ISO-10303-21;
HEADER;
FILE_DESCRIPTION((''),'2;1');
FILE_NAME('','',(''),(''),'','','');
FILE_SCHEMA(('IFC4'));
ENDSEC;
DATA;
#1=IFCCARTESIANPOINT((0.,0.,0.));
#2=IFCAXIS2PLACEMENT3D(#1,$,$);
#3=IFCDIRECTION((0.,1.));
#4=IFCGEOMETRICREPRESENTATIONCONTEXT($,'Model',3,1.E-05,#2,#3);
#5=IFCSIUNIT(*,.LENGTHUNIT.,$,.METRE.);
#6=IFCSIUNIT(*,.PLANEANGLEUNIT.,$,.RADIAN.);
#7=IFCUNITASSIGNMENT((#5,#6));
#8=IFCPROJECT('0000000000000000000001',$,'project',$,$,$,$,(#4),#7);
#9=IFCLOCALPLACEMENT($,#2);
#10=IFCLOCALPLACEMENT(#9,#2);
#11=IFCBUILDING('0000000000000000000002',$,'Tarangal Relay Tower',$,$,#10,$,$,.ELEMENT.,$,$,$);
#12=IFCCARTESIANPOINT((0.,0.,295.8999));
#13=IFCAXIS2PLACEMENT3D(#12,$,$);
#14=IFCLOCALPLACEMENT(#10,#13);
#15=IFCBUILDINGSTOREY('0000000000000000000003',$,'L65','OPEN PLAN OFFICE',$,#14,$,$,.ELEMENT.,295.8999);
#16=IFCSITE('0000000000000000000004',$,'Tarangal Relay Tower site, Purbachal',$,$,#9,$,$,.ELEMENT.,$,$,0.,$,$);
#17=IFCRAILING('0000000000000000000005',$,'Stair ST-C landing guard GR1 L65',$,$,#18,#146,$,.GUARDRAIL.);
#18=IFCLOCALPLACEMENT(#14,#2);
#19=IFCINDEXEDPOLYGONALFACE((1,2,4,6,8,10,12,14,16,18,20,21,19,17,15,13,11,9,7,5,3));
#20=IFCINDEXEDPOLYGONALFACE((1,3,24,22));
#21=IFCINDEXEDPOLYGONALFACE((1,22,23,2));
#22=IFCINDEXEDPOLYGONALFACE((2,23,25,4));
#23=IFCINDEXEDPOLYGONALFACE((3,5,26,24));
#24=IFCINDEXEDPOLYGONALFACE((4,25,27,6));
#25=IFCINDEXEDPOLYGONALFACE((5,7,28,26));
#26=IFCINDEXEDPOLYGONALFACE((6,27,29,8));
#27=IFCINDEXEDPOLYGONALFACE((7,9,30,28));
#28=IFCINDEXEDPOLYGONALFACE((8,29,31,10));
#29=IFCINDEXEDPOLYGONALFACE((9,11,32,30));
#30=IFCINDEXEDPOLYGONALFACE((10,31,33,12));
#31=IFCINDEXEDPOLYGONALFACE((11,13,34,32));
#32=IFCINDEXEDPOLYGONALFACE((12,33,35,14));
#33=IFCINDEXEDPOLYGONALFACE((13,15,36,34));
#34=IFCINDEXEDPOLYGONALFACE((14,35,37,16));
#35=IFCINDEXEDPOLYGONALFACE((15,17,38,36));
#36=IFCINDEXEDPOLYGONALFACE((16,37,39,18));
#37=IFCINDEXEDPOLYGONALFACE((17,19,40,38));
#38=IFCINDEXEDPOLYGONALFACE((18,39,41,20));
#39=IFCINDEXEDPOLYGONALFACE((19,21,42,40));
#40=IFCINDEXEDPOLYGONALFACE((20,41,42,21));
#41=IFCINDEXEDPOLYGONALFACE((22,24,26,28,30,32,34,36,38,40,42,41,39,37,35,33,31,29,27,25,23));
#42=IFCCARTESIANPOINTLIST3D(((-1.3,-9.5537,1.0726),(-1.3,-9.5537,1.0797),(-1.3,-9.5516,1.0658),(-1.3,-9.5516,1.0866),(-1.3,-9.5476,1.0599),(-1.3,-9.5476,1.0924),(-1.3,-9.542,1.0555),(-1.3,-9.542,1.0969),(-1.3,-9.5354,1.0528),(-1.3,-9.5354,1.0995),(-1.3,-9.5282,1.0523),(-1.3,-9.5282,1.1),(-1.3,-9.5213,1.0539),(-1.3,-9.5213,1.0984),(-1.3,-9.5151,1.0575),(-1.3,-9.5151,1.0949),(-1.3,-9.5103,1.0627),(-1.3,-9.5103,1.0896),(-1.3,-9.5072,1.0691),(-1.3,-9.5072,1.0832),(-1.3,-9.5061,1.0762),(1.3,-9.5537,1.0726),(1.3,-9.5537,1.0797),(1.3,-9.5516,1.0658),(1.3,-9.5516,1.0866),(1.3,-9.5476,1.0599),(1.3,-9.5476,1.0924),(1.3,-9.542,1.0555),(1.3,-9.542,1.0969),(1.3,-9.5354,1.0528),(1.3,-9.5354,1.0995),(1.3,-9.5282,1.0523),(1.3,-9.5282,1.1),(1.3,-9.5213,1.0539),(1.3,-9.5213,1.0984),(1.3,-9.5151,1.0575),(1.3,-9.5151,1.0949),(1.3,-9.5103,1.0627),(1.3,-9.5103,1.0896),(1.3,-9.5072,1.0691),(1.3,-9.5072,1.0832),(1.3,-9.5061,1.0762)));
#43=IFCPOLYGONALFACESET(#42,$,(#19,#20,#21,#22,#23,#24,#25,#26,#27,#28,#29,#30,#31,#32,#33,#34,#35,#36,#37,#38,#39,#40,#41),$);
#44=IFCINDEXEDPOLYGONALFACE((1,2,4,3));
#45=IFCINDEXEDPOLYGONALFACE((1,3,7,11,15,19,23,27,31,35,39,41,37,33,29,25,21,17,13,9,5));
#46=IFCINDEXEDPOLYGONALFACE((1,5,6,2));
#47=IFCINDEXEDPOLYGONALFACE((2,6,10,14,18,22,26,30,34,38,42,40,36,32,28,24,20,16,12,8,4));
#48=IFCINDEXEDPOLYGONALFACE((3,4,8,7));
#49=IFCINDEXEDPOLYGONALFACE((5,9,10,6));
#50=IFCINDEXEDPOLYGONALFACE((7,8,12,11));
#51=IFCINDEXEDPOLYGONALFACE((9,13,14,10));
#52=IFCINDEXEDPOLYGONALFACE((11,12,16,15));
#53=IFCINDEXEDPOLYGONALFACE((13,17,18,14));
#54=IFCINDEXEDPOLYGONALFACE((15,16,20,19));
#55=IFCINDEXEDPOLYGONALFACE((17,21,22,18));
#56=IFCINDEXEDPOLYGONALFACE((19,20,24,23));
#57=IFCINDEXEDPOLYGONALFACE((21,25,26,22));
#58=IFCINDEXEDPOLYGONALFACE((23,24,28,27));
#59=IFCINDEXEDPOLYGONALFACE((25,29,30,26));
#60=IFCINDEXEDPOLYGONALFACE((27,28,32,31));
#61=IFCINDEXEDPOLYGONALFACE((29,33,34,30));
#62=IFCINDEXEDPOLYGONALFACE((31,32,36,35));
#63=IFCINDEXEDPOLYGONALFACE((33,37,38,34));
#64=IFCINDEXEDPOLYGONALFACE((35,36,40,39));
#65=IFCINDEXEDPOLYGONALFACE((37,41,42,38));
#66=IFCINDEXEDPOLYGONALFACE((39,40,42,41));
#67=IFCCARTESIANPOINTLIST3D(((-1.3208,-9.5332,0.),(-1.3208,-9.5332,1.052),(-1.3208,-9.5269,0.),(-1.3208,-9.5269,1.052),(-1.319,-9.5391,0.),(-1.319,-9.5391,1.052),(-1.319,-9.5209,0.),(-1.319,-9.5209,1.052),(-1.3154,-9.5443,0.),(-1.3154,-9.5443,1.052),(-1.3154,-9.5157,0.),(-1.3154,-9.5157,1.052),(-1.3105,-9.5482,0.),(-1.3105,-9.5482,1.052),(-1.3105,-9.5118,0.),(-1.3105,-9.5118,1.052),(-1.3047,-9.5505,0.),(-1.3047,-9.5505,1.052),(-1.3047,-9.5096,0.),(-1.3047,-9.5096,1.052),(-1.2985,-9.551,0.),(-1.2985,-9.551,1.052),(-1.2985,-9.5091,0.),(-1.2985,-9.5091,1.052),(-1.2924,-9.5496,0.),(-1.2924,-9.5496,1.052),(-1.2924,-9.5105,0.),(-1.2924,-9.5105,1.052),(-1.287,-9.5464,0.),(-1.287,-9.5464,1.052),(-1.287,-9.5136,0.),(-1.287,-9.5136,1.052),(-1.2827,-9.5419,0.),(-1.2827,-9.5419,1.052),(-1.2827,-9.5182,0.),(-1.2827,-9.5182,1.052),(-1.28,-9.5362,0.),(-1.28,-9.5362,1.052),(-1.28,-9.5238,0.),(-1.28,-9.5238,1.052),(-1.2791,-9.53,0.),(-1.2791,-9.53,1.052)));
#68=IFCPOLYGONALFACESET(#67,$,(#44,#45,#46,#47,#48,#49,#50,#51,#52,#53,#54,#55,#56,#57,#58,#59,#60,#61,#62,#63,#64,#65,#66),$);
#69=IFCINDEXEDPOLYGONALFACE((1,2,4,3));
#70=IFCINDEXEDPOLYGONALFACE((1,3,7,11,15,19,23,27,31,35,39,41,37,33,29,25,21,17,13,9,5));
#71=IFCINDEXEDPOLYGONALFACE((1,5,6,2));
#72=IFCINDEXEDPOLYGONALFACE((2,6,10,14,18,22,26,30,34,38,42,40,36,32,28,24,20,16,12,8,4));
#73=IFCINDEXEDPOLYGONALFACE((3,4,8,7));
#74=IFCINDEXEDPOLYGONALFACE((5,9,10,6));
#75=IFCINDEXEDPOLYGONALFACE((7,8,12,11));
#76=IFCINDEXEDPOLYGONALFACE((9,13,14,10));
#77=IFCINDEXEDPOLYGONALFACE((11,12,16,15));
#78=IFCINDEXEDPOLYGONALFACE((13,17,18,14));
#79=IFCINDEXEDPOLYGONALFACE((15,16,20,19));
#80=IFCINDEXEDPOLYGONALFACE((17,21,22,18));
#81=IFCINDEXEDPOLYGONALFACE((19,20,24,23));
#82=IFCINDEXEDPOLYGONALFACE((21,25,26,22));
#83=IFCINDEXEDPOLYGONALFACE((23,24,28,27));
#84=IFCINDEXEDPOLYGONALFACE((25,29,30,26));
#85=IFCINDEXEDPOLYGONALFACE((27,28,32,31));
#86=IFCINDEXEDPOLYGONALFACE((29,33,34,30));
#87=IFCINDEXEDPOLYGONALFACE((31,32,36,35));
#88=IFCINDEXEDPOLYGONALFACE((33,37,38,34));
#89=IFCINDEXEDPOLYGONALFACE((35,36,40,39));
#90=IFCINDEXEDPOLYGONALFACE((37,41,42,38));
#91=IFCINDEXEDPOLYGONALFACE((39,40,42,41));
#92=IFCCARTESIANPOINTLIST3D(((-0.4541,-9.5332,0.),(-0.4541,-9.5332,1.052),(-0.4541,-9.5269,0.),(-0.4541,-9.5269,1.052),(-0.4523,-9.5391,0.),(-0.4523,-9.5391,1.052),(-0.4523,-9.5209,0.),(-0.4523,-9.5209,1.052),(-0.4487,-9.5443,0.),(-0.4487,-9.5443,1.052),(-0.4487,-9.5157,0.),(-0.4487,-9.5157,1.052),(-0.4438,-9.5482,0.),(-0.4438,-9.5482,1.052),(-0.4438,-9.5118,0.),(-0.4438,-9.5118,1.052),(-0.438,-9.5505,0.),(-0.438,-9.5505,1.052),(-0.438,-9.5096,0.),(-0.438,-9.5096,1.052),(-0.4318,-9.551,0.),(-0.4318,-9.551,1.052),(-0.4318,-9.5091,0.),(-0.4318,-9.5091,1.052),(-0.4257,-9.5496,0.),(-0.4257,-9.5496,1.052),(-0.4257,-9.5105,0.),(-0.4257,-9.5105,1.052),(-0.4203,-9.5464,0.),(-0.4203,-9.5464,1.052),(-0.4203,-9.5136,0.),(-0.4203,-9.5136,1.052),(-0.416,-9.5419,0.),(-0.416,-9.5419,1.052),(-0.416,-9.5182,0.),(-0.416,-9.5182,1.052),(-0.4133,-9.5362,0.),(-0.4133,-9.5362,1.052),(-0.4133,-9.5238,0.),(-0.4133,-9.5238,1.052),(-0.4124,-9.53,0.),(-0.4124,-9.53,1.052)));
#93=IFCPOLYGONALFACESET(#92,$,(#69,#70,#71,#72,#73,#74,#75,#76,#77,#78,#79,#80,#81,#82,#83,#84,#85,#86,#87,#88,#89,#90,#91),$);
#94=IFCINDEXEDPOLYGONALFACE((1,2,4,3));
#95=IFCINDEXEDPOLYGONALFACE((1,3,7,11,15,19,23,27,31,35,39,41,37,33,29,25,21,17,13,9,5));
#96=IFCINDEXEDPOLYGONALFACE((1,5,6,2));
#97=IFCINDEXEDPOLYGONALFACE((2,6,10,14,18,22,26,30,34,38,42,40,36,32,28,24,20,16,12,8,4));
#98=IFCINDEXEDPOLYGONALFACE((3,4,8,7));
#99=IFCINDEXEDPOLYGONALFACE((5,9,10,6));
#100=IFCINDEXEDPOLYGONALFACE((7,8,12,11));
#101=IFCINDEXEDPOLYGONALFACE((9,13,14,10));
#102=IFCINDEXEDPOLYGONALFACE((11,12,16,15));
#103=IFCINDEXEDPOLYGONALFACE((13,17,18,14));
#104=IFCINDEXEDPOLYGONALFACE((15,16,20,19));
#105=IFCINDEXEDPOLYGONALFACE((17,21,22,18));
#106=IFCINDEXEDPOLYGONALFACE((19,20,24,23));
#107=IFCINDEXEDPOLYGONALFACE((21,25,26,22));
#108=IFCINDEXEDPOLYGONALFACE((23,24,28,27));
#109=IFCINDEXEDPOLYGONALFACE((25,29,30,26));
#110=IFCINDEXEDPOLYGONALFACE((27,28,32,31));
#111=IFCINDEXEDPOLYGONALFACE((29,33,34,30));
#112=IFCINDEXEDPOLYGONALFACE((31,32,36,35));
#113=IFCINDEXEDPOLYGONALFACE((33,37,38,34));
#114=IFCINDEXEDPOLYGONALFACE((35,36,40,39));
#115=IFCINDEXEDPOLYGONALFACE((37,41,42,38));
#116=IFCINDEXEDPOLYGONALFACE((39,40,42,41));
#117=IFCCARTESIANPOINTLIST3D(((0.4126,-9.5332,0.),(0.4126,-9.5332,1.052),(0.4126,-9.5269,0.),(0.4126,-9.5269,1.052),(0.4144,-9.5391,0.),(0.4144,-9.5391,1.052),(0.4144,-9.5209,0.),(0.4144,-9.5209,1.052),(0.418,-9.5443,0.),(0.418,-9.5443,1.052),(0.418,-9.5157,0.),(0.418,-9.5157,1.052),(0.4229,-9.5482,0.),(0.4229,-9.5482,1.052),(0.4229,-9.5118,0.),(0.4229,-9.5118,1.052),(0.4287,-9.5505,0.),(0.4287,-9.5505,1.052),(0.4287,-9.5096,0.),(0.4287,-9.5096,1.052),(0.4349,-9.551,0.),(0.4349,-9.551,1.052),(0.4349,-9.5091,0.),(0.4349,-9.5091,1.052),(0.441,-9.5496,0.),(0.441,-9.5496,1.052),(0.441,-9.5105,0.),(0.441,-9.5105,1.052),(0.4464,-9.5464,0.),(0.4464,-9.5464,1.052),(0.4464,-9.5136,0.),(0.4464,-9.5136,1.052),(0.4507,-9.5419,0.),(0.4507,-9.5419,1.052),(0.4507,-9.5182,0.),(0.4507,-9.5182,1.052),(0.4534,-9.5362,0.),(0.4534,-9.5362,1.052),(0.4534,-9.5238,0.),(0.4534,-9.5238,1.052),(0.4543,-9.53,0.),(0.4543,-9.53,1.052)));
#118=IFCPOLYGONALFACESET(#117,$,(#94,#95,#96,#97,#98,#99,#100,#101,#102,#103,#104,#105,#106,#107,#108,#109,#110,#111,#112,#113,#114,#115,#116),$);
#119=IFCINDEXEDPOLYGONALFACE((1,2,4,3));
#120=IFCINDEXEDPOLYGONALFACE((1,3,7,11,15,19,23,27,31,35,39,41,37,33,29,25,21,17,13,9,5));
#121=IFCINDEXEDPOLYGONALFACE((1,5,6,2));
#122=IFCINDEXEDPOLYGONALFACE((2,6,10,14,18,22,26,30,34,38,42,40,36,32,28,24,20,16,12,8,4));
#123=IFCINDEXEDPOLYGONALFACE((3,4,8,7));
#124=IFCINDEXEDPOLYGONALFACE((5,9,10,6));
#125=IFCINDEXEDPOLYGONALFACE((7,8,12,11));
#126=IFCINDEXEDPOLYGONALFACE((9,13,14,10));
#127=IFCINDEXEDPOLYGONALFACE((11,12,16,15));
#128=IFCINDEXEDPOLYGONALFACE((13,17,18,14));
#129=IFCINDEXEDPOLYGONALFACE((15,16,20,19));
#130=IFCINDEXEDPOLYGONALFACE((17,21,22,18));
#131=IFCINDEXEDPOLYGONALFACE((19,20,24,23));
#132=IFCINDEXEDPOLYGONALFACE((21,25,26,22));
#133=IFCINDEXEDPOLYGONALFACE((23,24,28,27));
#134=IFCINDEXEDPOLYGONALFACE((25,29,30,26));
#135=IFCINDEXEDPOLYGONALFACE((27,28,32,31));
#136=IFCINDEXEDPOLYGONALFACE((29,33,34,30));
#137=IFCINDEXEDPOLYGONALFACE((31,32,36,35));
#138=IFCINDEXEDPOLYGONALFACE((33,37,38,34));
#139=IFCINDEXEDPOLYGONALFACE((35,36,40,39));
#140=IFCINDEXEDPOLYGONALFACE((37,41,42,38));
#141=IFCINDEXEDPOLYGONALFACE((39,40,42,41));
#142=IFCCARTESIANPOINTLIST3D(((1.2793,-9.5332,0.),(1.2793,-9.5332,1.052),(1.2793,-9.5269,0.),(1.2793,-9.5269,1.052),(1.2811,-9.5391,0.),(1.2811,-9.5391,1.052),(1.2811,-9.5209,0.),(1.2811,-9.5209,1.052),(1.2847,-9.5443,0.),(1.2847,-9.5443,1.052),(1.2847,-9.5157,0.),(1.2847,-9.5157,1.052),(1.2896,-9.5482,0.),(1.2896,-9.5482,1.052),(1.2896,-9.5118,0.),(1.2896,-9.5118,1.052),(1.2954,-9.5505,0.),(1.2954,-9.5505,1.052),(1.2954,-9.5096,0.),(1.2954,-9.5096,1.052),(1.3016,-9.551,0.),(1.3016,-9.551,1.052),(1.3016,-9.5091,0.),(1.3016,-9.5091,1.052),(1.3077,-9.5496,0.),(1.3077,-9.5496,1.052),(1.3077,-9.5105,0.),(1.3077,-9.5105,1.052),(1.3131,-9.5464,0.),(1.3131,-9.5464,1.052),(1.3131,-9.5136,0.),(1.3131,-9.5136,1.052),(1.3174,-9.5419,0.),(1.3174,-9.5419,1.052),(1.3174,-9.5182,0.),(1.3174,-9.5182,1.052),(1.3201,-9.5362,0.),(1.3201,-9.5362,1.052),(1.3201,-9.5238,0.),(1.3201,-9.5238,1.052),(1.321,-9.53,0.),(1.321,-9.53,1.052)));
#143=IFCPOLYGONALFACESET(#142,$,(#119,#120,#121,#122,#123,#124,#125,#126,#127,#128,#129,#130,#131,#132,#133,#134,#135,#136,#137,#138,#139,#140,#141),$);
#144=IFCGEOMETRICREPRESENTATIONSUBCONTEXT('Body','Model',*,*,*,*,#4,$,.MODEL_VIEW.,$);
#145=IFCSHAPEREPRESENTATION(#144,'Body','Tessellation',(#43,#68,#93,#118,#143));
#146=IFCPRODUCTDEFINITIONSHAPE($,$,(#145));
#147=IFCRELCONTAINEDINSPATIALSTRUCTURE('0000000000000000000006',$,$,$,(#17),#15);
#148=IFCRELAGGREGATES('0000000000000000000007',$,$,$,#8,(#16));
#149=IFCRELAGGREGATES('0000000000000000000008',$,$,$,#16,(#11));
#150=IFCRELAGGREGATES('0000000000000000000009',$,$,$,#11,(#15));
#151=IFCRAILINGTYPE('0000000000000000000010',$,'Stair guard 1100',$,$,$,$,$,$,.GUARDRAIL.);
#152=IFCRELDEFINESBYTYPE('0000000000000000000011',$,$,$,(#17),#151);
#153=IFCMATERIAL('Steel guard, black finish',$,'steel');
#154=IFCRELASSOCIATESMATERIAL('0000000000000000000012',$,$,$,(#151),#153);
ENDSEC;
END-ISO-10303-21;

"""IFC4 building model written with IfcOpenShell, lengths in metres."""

from ifc_helpers import new_model, si_unit, direction, frame, origin, origin_2d, place, context, subcontext, project, spatial, circle, extrude, material, type_object, element, save


model = new_model("IFC4")

# Units and contexts
model_context = context("Model", 3, precision=1e-05, world=origin(), true_north=direction((0.0, 1.0)))
body_context = subcontext(model_context, "Body", "Model", "MODEL_VIEW")
ifc_project = project(units=[si_unit("LENGTHUNIT", "METRE"), si_unit("PLANEANGLEUNIT", "RADIAN")], contexts=[model_context])

# Site, building, storey
site_placement = place(None, origin())
site = spatial("IfcSite", under=ifc_project, at=site_placement, Name="Tarangal Relay Tower site, Purbachal", CompositionType="ELEMENT", RefElevation=0.0)
building_placement = place(site_placement, origin())
building = spatial("IfcBuilding", under=site, at=building_placement, Name="Tarangal Relay Tower", CompositionType="ELEMENT")
storey_placement = place(building_placement, frame((0.0, 0.0, 295.8999)))
storey = spatial("IfcBuildingStorey", under=building, at=storey_placement, Name="L65", Description="OPEN PLAN OFFICE", CompositionType="ELEMENT", Elevation=295.8999)

# Railing
ifc_material_1 = material(Name="Steel guard, black finish", Category="steel")
railing_type_1 = type_object("IfcRailingType", Name="Stair guard 1100", PredefinedType="GUARDRAIL", material=ifc_material_1)
railing_1_placement = place(storey_placement, frame((-1.3, -9.53, 0.0)))
element("IfcRailing", 1, at=railing_1_placement, inside=storey, type_object=railing_type_1, Name="Stair ST-C landing guard GR1 L65", PredefinedType="GUARDRAIL", context=body_context, shape_type="SweptSolid", body=[
    extrude(circle(Radius=0.0239, at=origin_2d()), frame((0.0, 0.0, 1.0762), z_axis=(1.0, 0.0, 0.0), x_axis=(0.0, 1.0, 0.0)), (0.0, 0.0, 1.0), 2.6001),
    extrude(circle(Radius=0.021, at=origin_2d()), origin(), (0.0, 0.0, 1.0), 1.052),
    extrude(circle(Radius=0.021, at=origin_2d()), frame((0.8667, 0.0, 0.0)), (0.0, 0.0, 1.0), 1.052),
    extrude(circle(Radius=0.021, at=origin_2d()), frame((1.7334, 0.0, 0.0)), (0.0, 0.0, 1.0), 1.052),
    extrude(circle(Radius=0.021, at=origin_2d()), frame((2.6001, 0.0, 0.0)), (0.0, 0.0, 1.0), 1.052),
])

save(model, "model.ifc")
